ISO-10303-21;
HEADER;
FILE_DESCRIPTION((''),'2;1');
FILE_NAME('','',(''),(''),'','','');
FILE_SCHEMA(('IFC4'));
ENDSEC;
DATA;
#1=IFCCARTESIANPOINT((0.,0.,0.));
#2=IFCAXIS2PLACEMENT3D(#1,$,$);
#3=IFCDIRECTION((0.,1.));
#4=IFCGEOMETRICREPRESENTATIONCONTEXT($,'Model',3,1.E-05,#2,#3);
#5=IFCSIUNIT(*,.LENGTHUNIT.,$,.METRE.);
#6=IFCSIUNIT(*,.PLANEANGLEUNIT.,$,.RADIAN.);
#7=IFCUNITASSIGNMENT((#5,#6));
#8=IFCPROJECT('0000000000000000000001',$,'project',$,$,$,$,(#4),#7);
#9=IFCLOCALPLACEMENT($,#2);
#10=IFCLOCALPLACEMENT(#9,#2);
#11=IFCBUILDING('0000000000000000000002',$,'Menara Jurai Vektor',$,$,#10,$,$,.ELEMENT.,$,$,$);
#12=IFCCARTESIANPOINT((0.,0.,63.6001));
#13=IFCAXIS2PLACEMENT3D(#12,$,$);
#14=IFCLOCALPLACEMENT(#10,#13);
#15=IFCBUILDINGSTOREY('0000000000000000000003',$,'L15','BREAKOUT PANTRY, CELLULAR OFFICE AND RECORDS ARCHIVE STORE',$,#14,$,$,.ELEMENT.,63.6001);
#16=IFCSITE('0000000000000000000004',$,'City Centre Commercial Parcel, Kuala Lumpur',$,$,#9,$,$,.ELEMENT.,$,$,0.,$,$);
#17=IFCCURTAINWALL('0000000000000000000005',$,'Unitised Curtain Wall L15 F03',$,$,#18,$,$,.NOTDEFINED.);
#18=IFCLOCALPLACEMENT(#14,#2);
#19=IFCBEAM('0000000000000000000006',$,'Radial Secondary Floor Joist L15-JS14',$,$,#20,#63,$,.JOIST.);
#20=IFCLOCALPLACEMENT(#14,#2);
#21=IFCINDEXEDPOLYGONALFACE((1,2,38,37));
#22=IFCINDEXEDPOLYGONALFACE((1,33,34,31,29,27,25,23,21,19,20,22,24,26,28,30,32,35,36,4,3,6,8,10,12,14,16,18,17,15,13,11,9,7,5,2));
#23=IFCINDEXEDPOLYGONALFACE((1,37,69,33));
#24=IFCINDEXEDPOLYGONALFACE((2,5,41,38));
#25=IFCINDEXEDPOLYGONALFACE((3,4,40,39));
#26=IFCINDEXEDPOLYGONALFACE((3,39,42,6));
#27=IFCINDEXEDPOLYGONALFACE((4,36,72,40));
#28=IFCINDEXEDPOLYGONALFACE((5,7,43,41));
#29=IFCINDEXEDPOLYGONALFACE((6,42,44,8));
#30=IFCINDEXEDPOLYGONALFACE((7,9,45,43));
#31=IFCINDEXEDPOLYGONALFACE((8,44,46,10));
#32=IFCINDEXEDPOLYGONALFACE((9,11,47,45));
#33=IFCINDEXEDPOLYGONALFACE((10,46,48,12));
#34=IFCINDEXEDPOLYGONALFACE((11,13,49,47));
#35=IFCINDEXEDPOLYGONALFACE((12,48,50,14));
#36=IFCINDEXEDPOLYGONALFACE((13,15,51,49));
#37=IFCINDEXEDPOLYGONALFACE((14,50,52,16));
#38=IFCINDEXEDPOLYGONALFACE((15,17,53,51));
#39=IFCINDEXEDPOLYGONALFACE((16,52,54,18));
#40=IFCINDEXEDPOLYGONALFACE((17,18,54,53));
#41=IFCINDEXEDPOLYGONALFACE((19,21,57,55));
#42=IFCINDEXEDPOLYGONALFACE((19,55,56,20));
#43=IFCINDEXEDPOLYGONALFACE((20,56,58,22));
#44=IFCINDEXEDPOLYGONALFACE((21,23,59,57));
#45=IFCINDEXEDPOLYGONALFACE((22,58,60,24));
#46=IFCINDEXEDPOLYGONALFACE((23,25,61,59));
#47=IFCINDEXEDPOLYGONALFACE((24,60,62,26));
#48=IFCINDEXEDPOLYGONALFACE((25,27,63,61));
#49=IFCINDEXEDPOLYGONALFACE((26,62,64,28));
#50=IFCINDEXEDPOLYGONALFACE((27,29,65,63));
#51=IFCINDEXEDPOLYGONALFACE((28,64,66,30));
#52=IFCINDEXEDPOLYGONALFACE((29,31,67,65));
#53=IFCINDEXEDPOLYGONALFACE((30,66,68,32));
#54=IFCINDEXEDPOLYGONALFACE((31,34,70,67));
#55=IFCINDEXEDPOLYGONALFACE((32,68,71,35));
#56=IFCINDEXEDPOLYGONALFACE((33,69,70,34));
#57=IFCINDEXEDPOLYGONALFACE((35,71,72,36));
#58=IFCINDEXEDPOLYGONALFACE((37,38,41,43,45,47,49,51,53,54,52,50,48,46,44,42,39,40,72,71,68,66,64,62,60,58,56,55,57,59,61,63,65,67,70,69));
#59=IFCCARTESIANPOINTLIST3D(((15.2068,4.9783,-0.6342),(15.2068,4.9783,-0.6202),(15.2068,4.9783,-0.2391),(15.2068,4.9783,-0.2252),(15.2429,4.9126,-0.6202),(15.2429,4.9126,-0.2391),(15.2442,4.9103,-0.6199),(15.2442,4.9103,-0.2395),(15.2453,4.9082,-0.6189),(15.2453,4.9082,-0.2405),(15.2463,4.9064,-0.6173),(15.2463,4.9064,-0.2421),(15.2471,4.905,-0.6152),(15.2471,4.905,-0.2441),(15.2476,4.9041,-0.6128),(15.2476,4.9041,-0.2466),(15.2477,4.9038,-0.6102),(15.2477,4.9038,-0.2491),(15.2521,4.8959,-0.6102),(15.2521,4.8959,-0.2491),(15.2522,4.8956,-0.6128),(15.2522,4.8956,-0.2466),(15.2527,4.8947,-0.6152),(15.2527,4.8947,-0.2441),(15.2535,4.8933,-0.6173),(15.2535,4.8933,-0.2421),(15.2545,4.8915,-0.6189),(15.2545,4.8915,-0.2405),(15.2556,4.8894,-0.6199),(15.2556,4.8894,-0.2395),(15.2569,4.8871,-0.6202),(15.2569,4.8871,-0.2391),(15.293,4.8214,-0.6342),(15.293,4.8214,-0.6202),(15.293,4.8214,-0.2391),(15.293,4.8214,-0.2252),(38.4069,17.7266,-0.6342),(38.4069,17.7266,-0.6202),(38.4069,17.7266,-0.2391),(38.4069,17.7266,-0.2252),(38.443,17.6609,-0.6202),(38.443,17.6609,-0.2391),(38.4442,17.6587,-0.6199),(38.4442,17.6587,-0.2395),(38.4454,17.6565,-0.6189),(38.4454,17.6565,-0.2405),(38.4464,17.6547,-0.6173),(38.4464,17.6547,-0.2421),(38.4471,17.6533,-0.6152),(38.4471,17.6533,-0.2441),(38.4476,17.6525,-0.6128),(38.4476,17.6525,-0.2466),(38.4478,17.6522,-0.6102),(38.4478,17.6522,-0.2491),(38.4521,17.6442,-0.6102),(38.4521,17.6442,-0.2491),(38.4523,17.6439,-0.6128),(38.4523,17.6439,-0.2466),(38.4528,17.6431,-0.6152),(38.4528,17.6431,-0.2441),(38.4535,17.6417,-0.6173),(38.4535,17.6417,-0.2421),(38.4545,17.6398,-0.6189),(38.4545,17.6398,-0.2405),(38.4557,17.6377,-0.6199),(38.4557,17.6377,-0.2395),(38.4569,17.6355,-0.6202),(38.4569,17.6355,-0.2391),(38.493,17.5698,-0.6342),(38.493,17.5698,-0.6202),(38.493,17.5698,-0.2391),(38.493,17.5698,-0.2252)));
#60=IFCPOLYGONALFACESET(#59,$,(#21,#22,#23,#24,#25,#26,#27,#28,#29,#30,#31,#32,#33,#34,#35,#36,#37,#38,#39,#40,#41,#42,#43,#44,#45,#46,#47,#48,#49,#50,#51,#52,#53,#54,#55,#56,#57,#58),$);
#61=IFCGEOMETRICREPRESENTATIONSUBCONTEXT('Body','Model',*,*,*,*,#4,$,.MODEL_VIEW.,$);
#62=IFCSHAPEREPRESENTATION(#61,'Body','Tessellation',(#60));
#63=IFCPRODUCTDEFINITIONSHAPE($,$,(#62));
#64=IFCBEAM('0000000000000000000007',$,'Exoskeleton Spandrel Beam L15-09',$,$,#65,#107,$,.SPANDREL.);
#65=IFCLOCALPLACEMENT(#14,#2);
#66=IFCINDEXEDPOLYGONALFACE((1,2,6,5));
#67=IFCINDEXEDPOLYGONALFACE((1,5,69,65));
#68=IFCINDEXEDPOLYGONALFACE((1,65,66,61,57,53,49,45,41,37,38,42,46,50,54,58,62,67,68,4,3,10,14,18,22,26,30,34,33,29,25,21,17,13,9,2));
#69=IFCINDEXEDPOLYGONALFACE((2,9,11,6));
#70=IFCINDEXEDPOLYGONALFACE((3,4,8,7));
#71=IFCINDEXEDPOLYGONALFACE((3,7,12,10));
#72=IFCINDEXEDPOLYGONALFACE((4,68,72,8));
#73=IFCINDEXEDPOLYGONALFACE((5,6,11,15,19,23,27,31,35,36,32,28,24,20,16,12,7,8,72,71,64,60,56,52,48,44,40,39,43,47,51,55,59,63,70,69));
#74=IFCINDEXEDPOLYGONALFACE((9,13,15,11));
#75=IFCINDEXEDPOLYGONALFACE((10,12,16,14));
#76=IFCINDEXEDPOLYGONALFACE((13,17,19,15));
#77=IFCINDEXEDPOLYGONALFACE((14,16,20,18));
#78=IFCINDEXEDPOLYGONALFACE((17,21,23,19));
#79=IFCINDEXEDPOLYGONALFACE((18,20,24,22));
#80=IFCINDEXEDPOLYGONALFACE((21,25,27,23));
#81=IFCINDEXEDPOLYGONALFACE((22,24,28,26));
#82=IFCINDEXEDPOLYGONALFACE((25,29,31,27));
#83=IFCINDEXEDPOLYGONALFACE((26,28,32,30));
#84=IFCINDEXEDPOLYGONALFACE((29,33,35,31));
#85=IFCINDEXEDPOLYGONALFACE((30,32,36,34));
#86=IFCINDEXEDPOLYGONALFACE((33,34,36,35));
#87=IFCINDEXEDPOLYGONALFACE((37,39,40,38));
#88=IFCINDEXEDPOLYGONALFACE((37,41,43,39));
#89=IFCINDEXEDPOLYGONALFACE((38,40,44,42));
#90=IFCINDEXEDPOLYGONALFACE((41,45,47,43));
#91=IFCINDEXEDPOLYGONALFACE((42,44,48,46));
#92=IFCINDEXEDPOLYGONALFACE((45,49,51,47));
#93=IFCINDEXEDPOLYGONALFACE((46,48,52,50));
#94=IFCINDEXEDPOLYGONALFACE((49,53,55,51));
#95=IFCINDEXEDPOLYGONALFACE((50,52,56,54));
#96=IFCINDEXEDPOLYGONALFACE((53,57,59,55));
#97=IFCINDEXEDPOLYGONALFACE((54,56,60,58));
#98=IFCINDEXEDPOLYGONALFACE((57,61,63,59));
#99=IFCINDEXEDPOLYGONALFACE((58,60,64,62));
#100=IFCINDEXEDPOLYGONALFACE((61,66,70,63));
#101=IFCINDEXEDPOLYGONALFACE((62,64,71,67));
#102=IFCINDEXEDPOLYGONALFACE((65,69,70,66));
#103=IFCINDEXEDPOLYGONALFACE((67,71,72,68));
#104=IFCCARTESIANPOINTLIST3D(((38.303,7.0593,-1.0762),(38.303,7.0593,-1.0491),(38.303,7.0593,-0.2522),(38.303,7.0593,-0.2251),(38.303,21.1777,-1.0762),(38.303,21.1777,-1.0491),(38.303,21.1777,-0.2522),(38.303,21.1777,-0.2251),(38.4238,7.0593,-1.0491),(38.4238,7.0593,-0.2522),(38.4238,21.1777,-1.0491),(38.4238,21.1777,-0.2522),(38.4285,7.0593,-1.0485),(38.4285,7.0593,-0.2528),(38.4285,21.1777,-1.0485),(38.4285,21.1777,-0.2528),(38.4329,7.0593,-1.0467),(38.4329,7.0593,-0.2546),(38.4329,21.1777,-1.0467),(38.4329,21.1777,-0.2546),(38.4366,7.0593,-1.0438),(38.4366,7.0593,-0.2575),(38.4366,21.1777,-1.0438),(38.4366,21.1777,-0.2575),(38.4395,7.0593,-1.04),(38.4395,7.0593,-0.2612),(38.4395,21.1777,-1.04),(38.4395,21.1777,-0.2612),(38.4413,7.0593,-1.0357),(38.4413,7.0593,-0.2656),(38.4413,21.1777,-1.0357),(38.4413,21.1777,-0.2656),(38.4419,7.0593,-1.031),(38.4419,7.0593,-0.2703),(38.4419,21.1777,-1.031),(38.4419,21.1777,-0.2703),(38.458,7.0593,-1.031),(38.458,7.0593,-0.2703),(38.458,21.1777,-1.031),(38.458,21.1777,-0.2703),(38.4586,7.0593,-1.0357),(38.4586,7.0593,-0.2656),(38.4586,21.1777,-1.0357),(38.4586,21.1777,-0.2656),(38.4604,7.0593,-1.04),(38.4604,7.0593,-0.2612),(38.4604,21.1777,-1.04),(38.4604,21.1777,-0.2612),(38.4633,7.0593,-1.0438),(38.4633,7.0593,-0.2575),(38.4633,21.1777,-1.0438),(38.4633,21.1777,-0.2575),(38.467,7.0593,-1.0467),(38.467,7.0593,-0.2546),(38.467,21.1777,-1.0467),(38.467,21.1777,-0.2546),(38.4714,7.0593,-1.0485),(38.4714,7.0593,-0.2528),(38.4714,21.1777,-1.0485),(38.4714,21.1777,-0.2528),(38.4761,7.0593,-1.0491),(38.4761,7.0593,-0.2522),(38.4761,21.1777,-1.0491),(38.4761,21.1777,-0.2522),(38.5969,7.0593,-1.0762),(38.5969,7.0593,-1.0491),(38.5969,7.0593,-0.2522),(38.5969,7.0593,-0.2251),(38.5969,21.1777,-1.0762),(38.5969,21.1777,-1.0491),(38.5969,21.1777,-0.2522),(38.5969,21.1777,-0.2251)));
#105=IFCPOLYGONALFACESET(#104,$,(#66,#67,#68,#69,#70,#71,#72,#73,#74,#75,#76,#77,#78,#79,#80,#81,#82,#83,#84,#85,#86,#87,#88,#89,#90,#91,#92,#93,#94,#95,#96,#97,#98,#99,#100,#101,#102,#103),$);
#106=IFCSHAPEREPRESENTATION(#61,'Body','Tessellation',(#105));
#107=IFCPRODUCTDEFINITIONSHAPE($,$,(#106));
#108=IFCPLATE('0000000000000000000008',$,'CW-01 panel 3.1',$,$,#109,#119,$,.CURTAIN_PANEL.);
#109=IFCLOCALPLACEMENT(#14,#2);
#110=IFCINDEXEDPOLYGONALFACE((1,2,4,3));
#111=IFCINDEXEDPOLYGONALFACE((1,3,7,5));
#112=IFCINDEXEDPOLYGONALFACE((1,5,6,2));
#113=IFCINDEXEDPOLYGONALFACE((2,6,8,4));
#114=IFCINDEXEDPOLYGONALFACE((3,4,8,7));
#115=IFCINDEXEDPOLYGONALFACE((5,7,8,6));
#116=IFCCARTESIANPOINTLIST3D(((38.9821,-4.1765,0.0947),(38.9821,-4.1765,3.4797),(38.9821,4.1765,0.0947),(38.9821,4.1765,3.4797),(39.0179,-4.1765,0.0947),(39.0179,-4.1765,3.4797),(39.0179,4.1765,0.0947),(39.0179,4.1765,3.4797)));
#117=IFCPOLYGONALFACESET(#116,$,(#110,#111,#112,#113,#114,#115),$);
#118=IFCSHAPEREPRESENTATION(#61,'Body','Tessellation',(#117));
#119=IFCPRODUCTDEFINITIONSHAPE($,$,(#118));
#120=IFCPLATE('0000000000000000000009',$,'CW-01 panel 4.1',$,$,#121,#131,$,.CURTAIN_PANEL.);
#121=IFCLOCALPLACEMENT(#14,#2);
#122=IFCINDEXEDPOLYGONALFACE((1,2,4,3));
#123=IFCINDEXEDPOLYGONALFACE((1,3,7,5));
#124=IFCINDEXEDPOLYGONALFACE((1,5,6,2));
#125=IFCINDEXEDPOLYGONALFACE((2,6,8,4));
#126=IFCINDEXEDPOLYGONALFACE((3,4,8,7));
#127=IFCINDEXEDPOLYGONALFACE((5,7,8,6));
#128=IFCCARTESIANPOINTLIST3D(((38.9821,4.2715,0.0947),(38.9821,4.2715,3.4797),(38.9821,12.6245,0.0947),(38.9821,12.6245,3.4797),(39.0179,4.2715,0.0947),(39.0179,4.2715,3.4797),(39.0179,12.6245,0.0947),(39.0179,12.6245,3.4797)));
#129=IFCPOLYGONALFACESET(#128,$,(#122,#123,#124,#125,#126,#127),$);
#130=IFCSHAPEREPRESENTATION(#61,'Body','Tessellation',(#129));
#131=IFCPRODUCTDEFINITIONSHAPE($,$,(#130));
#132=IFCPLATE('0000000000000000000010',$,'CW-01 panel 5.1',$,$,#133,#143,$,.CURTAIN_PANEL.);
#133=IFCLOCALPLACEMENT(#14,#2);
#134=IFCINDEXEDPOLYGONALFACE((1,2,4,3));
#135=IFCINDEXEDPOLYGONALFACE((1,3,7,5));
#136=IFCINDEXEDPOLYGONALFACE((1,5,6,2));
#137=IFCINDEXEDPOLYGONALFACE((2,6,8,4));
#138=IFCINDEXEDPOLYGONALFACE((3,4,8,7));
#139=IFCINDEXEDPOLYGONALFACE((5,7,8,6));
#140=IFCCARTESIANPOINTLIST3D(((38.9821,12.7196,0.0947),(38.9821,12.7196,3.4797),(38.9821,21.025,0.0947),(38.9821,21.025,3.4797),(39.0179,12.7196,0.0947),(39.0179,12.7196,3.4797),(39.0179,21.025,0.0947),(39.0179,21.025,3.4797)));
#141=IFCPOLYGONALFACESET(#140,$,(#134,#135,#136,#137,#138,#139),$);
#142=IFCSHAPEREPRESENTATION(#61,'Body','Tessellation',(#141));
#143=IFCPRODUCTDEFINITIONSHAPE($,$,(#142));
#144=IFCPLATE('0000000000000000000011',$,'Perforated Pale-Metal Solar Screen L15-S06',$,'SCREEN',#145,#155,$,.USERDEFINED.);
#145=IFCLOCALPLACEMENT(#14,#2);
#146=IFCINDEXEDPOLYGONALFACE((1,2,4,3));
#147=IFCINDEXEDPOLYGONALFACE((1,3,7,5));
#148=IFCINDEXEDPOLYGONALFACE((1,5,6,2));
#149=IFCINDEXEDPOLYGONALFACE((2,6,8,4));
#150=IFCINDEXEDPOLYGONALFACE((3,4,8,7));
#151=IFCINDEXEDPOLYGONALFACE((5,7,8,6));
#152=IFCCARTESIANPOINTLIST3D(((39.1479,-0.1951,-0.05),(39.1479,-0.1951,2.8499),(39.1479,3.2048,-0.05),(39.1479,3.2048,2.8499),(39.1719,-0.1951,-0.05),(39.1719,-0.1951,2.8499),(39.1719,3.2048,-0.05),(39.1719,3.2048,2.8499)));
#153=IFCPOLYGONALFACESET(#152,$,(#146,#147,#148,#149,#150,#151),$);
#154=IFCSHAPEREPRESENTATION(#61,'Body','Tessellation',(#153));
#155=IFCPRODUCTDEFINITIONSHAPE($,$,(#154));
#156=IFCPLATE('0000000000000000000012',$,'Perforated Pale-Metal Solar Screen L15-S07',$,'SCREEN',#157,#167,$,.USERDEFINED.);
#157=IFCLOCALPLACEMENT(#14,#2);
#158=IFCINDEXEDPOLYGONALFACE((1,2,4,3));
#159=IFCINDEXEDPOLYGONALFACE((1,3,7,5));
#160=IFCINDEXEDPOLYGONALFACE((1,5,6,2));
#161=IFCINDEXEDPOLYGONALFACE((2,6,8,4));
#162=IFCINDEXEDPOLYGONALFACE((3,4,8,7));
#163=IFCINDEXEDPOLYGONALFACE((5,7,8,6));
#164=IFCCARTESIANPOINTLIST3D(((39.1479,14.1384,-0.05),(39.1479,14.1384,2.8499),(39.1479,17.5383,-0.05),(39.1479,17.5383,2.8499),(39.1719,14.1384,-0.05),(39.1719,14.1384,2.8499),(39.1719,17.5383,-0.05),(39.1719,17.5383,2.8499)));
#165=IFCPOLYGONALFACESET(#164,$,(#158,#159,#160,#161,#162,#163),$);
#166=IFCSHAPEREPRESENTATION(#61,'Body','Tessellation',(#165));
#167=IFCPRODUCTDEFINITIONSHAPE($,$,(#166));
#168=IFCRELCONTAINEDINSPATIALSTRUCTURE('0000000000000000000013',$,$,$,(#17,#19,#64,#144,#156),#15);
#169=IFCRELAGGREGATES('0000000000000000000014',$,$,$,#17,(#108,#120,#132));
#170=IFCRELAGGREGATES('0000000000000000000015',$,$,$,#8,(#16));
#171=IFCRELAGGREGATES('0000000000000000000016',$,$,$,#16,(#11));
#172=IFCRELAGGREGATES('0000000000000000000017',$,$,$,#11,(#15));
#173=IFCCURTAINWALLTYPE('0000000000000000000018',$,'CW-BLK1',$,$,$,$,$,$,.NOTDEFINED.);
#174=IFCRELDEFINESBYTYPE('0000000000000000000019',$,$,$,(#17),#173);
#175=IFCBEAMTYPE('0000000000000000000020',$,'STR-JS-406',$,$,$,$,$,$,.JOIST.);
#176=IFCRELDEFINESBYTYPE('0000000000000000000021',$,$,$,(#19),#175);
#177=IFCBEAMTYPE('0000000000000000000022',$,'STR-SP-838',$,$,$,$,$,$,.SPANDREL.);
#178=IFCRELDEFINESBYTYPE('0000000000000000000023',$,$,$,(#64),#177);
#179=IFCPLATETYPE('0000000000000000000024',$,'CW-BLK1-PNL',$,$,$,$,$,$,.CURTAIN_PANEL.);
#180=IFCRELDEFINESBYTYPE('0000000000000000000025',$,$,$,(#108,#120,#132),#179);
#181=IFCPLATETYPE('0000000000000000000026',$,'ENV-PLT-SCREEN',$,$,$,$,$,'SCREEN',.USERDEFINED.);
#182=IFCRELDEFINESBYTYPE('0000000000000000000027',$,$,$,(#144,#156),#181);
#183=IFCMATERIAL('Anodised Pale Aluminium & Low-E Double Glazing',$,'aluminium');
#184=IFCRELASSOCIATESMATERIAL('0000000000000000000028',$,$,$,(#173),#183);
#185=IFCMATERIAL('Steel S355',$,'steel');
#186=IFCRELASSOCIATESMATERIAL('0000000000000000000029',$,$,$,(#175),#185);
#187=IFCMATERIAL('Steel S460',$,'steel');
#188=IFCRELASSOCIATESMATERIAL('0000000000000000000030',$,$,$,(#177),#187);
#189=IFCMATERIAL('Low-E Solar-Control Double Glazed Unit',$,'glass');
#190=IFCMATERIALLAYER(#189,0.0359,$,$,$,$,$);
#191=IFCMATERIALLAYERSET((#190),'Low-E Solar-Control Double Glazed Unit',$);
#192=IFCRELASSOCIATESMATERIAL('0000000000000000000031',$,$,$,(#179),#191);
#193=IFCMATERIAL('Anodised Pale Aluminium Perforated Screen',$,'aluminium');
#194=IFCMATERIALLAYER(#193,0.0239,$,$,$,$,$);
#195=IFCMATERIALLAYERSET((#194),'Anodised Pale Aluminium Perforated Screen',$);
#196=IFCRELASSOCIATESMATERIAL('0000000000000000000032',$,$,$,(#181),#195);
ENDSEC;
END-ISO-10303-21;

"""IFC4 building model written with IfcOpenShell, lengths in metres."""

from ifc_helpers import new_model, si_unit, direction, frame, origin, origin_2d, place, context, subcontext, project, spatial, rectangle, i_section, extrude, material, layer, layer_set, material_profile, profile_set, type_object, element, aggregate, save


model = new_model("IFC4")

# Units and contexts
model_context = context("Model", 3, precision=1e-05, world=origin(), true_north=direction((0.0, 1.0)))
body_context = subcontext(model_context, "Body", "Model", "MODEL_VIEW")
ifc_project = project(units=[si_unit("LENGTHUNIT", "METRE"), si_unit("PLANEANGLEUNIT", "RADIAN")], contexts=[model_context])

# Site, building, storey
site_placement = place(None, origin())
site = spatial("IfcSite", under=ifc_project, at=site_placement, Name="City Centre Commercial Parcel, Kuala Lumpur", CompositionType="ELEMENT", RefElevation=0.0)
building_placement = place(site_placement, origin())
building = spatial("IfcBuilding", under=site, at=building_placement, Name="Menara Jurai Vektor", CompositionType="ELEMENT")
storey_placement = place(building_placement, frame((0.0, 0.0, 63.6001)))
storey = spatial("IfcBuildingStorey", under=building, at=storey_placement, Name="L15", Description="BREAKOUT PANTRY, CELLULAR OFFICE AND RECORDS ARCHIVE STORE", CompositionType="ELEMENT", Elevation=63.6001)

# Shared definitions
ifc_material_1 = material(Name="Steel S460", Category="steel")

# Curtain wall
ifc_material_2 = material(Name="Anodised Pale Aluminium & Low-E Double Glazing", Category="aluminium")
curtain_wall_type = type_object("IfcCurtainWallType", Name="CW-BLK1", PredefinedType="NOTDEFINED", material=ifc_material_2)
curtain_wall_placement = place(storey_placement, origin())
curtain_wall = element("IfcCurtainWall", 1, at=curtain_wall_placement, inside=storey, type_object=curtain_wall_type, Name="Unitised Curtain Wall L15 F03", PredefinedType="NOTDEFINED")

# Beams
ifc_material_3 = material(Name="Steel S355", Category="steel")
ifc_material_profile_1 = material_profile(ifc_material_3, i_section(OverallWidth=0.179, OverallDepth=0.4089, WebThickness=0.009, FlangeThickness=0.0139, FilletRadius=0.01, at=origin_2d()), Name="UKB 406x178x67")
ifc_profile_set_1 = profile_set([ifc_material_profile_1], Name="Steel S355")
beam_type_1 = type_object("IfcBeamType", Name="STR-JS-406", PredefinedType="JOIST", material=ifc_profile_set_1)
beam_1_placement = place(storey_placement, frame((38.45, 17.6482, -0.4297), z_axis=(-0.876402, -0.48158, 0.0), x_axis=(0.48158, -0.876402, 0.0)))
element("IfcBeam", 2, at=beam_1_placement, inside=storey, type_object=beam_type_1, Name="Radial Secondary Floor Joist L15-JS14", PredefinedType="JOIST", context=body_context, shape_type="SweptSolid", body=[
    extrude(i_section(OverallWidth=0.179, OverallDepth=0.4089, WebThickness=0.009, FlangeThickness=0.0139, FilletRadius=0.01, at=origin_2d()), origin(), (0.0, 0.0, 1.0), 26.4719),
])
ifc_material_profile_2 = material_profile(ifc_material_1, i_section(OverallWidth=0.2939, OverallDepth=0.8511, WebThickness=0.0161, FlangeThickness=0.0271, FilletRadius=0.0181, at=origin_2d()), Name="UKB 838x292x226")
ifc_profile_set_2 = profile_set([ifc_material_profile_2], Name="Steel S460")
beam_type_2 = type_object("IfcBeamType", Name="STR-SP-838", PredefinedType="SPANDREL", material=ifc_profile_set_2)
beam_2_placement = place(storey_placement, frame((38.45, 7.0593, -0.6506), z_axis=(0.0, 1.0, 0.0), x_axis=(-1.0, 0.0, 0.0)))
element("IfcBeam", 3, at=beam_2_placement, inside=storey, type_object=beam_type_2, Name="Exoskeleton Spandrel Beam L15-09", PredefinedType="SPANDREL", context=body_context, shape_type="SweptSolid", body=[
    extrude(i_section(OverallWidth=0.2939, OverallDepth=0.8511, WebThickness=0.0161, FlangeThickness=0.0271, FilletRadius=0.0181, at=origin_2d()), origin(), (0.0, 0.0, 1.0), 14.1184),
])

# Plates
ifc_material_4 = material(Name="Low-E Solar-Control Double Glazed Unit", Category="glass")
ifc_layer_1 = layer(ifc_material_4, 0.0359)
ifc_layer_set_1 = layer_set([ifc_layer_1], Name="Low-E Solar-Control Double Glazed Unit")
plate_type_1 = type_object("IfcPlateType", Name="CW-BLK1-PNL", PredefinedType="CURTAIN_PANEL", material=ifc_layer_set_1)
plate_1_placement = place(storey_placement, frame((39.0, 0.0, 0.0947), z_axis=(0.0, 0.0, 1.0), x_axis=(0.0, 1.0, 0.0)))
plate_1 = element("IfcPlate", 4, at=plate_1_placement, type_object=plate_type_1, Name="CW-01 panel 3.1", PredefinedType="CURTAIN_PANEL", context=body_context, shape_type="SweptSolid", body=[
    extrude(rectangle(XDim=8.353, YDim=0.0359, at=origin_2d()), origin(), (0.0, 0.0, 1.0), 3.385),
])
plate_2_placement = place(storey_placement, frame((39.0, 8.448, 0.0947), z_axis=(0.0, 0.0, 1.0), x_axis=(0.0, 1.0, 0.0)))
plate_2 = element("IfcPlate", 5, at=plate_2_placement, type_object=plate_type_1, Name="CW-01 panel 4.1", PredefinedType="CURTAIN_PANEL", context=body_context, shape_type="SweptSolid", body=[
    extrude(rectangle(XDim=8.353, YDim=0.0359, at=origin_2d()), origin(), (0.0, 0.0, 1.0), 3.385),
])
plate_3_placement = place(storey_placement, frame((39.0, 16.8723, 0.0947), z_axis=(0.0, 0.0, 1.0), x_axis=(0.0, 1.0, 0.0)))
plate_3 = element("IfcPlate", 6, at=plate_3_placement, type_object=plate_type_1, Name="CW-01 panel 5.1", PredefinedType="CURTAIN_PANEL", context=body_context, shape_type="SweptSolid", body=[
    extrude(rectangle(XDim=8.3054, YDim=0.0359, at=origin_2d()), origin(), (0.0, 0.0, 1.0), 3.385),
])
aggregate(curtain_wall, [plate_1, plate_2, plate_3])

# Plates
ifc_material_5 = material(Name="Anodised Pale Aluminium Perforated Screen", Category="aluminium")
ifc_layer_2 = layer(ifc_material_5, 0.0239)
ifc_layer_set_2 = layer_set([ifc_layer_2], Name="Anodised Pale Aluminium Perforated Screen")
plate_type_2 = type_object("IfcPlateType", Name="ENV-PLT-SCREEN", ElementType="SCREEN", PredefinedType="USERDEFINED", material=ifc_layer_set_2)
for number, where, z_axis, x_axis, name in (
    (7, (39.1599, 1.5049, -0.05), (0.0, 0.0, 1.0), (0.0, 1.0, 0.0), "Perforated Pale-Metal Solar Screen L15-S06"),
    (8, (39.1599, 15.8384, -0.05), (0.0, 0.0, 1.0), (0.0, 1.0, 0.0), "Perforated Pale-Metal Solar Screen L15-S07"),
):
    element("IfcPlate", number, at=place(storey_placement, frame(where, z_axis=z_axis, x_axis=x_axis)), inside=storey, type_object=plate_type_2, Name=name, ObjectType="SCREEN", PredefinedType="USERDEFINED", context=body_context, shape_type="SweptSolid", body=[
        extrude(rectangle(XDim=3.3999, YDim=0.0239, at=origin_2d()), origin(), (0.0, 0.0, 1.0), 2.8999),
    ])

save(model, "model.ifc")
